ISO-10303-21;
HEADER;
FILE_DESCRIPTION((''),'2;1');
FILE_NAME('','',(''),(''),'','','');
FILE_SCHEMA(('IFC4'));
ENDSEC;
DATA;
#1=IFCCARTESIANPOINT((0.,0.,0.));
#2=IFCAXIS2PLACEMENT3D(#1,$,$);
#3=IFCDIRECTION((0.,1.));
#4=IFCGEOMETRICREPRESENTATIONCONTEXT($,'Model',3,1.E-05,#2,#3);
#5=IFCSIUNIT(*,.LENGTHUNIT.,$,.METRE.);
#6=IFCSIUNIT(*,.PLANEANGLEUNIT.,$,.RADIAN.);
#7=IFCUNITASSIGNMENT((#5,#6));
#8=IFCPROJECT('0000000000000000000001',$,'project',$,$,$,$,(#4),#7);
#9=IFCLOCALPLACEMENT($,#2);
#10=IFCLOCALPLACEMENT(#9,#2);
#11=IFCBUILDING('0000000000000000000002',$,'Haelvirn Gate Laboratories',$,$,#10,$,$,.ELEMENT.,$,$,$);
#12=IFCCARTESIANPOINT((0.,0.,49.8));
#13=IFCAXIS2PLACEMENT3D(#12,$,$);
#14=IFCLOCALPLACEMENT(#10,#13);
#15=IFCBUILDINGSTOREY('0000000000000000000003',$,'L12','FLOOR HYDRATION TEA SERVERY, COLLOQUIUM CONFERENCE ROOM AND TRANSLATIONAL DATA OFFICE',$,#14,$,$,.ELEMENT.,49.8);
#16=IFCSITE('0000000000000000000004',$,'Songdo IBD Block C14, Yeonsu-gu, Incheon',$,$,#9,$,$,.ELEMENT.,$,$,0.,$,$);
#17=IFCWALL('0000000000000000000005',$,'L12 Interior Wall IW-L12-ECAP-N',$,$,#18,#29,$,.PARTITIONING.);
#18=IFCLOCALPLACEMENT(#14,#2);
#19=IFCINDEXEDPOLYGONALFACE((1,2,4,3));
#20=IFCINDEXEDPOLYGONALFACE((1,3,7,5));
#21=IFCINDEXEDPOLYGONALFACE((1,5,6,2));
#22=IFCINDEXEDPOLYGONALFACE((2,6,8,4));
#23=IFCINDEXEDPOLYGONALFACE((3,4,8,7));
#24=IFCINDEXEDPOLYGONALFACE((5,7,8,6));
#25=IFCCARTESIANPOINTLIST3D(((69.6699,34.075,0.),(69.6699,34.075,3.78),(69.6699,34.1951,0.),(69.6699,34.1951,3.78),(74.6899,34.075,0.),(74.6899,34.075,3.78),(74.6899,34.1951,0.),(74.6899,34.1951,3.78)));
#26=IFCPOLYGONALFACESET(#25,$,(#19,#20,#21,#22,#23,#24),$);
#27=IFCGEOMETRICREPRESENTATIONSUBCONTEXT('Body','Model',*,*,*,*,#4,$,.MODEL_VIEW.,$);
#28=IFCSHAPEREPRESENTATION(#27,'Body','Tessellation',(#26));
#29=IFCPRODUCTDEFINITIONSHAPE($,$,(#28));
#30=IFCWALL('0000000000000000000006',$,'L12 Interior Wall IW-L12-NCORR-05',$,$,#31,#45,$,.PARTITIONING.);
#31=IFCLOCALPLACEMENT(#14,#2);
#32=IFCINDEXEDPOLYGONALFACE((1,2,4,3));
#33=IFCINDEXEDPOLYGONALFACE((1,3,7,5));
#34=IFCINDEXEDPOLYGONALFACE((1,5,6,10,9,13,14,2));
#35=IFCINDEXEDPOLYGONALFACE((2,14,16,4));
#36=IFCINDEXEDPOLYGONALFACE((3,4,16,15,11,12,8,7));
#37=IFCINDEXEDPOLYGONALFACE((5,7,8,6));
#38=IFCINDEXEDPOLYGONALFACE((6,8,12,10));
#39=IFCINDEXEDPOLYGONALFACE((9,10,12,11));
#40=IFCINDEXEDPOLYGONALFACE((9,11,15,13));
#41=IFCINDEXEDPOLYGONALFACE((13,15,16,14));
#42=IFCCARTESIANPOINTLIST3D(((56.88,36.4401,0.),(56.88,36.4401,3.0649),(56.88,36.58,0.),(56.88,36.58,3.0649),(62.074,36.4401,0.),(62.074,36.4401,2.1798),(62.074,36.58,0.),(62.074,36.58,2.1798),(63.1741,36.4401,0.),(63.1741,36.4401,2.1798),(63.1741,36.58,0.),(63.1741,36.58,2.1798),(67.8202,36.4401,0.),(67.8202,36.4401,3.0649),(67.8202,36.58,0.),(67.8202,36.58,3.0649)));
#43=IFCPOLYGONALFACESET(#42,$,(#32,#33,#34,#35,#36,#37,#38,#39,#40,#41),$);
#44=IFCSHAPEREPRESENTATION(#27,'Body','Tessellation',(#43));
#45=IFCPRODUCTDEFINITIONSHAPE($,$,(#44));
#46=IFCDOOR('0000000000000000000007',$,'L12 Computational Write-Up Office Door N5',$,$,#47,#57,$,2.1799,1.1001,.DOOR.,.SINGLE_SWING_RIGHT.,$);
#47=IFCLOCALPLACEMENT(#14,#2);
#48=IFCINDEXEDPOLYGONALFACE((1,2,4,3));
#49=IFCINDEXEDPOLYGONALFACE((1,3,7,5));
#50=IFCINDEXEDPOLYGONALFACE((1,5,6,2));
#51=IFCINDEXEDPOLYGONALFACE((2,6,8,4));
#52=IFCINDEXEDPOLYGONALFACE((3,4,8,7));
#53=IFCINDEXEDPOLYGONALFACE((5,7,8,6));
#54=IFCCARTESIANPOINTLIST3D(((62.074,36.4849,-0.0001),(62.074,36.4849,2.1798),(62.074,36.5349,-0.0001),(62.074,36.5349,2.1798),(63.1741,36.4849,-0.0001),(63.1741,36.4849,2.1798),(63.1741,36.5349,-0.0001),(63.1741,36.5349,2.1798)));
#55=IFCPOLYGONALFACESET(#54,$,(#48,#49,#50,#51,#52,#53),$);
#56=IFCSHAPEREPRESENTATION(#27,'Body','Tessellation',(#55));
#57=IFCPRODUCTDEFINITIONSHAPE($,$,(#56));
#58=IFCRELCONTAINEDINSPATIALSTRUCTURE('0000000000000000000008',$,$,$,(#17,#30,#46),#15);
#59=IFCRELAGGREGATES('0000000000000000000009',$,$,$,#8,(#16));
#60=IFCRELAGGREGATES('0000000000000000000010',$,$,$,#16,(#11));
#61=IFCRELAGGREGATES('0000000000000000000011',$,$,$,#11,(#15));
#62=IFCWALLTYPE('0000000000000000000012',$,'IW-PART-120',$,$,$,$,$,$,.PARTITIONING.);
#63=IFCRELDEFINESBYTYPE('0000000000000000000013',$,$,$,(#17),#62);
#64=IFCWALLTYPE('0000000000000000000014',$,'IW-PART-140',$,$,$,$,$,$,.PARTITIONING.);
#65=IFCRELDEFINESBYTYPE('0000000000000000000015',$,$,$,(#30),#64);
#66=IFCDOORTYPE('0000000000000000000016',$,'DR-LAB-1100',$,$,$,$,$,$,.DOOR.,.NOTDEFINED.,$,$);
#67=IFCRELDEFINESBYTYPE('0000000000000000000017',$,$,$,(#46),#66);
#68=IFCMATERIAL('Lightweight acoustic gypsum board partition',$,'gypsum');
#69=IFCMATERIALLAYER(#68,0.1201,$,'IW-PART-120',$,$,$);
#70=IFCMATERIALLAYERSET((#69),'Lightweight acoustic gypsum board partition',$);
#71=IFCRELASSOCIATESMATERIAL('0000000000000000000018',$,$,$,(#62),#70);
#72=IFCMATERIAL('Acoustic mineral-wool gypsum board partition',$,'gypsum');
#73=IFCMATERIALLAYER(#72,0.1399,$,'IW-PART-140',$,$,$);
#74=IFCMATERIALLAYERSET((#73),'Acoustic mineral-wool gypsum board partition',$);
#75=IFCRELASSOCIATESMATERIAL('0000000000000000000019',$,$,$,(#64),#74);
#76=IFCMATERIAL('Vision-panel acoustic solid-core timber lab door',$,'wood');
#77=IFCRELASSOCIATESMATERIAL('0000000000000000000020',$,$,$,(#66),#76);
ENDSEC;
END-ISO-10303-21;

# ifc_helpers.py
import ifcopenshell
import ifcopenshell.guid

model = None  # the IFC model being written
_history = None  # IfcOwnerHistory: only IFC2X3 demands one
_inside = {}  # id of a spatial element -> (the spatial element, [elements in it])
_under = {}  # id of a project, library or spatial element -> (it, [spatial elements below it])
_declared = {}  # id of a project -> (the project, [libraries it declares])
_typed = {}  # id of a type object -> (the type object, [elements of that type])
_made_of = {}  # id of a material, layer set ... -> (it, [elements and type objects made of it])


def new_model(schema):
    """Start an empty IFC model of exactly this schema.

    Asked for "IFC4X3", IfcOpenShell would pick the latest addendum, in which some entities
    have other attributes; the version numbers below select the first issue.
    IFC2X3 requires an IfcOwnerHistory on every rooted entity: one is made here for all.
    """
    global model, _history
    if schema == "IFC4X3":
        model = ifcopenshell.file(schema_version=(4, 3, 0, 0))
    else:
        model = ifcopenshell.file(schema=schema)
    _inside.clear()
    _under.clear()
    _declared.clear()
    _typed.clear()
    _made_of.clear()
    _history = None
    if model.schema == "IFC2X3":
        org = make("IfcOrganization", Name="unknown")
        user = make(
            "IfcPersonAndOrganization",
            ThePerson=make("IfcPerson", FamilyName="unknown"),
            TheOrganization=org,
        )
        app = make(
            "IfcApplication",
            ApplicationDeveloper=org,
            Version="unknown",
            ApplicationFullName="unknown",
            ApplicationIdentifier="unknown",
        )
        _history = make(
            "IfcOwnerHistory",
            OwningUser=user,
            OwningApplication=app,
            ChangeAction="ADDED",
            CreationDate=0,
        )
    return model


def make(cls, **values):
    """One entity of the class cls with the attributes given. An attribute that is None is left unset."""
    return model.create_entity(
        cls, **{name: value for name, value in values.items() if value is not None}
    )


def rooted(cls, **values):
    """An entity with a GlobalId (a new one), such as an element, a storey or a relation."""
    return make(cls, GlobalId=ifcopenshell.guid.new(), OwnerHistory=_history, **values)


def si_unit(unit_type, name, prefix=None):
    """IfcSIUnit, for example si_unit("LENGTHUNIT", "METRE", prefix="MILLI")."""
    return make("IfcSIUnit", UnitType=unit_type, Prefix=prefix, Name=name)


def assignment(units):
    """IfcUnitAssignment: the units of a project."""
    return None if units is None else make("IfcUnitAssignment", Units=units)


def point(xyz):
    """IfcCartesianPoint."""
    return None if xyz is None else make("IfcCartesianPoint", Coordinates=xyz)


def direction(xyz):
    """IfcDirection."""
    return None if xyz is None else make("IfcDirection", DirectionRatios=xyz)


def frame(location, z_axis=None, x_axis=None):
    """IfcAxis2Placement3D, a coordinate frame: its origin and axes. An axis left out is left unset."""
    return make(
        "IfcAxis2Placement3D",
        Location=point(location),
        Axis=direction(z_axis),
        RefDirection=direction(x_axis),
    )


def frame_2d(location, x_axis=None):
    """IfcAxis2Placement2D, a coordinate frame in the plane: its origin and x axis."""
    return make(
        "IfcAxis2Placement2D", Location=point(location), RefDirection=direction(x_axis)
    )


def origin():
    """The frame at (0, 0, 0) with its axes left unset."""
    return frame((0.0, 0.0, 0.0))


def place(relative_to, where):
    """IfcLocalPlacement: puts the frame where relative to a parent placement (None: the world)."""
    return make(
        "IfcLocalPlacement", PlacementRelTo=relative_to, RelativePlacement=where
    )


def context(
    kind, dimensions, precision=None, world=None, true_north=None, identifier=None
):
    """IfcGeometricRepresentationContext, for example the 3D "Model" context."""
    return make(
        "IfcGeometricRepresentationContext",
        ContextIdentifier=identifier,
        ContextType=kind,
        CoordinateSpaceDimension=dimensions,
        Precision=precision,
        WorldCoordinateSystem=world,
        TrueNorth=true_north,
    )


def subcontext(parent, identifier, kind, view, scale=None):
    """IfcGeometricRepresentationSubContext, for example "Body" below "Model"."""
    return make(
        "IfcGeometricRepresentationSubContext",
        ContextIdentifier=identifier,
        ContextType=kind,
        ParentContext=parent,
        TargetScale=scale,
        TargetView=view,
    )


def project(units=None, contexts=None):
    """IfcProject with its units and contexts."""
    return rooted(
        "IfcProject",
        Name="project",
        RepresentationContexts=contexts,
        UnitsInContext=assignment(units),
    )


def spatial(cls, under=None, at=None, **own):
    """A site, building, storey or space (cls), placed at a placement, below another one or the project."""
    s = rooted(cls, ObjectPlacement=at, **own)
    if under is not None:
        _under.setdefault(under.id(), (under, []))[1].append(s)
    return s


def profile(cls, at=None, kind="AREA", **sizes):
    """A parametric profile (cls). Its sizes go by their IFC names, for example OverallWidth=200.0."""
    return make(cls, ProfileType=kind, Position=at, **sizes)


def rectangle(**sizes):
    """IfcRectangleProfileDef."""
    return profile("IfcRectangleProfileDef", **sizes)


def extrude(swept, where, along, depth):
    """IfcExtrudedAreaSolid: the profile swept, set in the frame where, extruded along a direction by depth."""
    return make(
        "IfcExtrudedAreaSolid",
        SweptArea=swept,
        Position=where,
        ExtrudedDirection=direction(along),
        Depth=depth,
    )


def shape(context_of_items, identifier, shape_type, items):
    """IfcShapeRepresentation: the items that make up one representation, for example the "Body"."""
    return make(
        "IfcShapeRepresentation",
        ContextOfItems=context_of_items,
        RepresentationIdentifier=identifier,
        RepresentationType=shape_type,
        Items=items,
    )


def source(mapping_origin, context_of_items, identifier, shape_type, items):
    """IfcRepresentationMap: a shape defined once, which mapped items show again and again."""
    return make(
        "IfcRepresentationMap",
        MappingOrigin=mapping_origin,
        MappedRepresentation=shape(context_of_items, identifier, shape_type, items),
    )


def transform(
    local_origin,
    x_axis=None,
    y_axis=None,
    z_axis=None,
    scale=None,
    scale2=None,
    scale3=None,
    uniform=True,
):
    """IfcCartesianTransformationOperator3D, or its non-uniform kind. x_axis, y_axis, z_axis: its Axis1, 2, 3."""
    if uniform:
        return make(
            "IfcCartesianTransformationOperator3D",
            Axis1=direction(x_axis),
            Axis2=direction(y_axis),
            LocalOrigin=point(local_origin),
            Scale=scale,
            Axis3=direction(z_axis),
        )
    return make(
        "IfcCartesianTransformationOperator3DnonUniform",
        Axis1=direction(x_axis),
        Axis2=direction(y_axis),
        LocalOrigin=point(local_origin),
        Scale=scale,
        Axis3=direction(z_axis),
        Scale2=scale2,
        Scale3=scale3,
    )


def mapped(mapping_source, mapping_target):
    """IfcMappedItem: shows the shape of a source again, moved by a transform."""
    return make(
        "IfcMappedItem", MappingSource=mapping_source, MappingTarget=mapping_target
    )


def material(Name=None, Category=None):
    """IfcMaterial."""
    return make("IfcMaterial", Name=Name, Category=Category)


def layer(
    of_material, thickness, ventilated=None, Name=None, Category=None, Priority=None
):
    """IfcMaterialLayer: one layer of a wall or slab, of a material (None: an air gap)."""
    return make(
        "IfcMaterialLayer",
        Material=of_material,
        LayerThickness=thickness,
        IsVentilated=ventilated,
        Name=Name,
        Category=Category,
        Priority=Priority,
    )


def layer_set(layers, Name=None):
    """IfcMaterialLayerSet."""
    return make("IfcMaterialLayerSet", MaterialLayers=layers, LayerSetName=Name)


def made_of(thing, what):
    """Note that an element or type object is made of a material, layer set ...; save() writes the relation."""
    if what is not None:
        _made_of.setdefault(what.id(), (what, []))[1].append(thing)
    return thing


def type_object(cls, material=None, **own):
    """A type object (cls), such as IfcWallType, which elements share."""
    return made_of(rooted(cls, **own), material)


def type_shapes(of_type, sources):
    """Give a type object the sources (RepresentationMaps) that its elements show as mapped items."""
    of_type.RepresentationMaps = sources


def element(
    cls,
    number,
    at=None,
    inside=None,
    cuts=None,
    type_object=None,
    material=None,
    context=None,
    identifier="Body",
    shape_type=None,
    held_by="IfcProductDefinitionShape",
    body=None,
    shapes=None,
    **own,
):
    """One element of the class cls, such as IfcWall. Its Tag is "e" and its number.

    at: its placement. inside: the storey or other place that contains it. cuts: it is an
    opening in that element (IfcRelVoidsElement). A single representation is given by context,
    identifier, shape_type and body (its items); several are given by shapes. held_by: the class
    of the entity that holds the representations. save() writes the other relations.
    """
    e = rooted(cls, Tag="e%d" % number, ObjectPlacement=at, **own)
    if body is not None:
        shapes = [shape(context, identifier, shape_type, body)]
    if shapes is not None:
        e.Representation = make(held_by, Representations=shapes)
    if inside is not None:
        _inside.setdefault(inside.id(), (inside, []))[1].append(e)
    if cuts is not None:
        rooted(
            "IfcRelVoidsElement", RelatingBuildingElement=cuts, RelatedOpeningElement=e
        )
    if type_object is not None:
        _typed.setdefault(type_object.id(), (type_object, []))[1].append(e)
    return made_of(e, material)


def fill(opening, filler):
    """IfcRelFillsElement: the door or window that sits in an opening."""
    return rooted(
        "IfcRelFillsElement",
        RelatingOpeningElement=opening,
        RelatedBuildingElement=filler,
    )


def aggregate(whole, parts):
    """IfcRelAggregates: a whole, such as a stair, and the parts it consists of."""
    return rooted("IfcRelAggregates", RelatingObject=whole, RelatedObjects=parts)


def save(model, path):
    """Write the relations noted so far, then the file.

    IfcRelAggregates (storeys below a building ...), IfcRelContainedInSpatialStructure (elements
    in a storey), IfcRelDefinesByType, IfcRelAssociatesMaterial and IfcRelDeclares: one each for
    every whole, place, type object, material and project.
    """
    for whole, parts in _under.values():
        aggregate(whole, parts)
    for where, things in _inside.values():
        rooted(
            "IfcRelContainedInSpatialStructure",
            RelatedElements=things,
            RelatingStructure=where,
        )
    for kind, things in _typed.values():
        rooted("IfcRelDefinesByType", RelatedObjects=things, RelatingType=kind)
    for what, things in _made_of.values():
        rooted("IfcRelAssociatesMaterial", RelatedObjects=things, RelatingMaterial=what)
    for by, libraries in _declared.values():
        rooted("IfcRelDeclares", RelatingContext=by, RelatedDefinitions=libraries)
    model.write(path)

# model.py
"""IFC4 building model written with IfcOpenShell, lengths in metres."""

from ifc_helpers import new_model, si_unit, direction, frame, frame_2d, origin, place, context, subcontext, project, spatial, rectangle, extrude, source, transform, mapped, material, layer, layer_set, type_object, type_shapes, element, fill, save


model = new_model("IFC4")

# Units and contexts
model_context = context("Model", 3, precision=1e-05, world=origin(), true_north=direction((0.0, 1.0)))
body_context = subcontext(model_context, "Body", "Model", "MODEL_VIEW")
ifc_project = project(units=[si_unit("LENGTHUNIT", "METRE"), si_unit("PLANEANGLEUNIT", "RADIAN")], contexts=[model_context])

# Site, building, storey
site_placement = place(None, origin())
site = spatial("IfcSite", under=ifc_project, at=site_placement, Name="Songdo IBD Block C14, Yeonsu-gu, Incheon", CompositionType="ELEMENT", RefElevation=0.0)
building_placement = place(site_placement, origin())
building = spatial("IfcBuilding", under=site, at=building_placement, Name="Haelvirn Gate Laboratories", CompositionType="ELEMENT")
storey_placement = place(building_placement, frame((0.0, 0.0, 49.8)))
storey = spatial("IfcBuildingStorey", under=building, at=storey_placement, Name="L12", Description="FLOOR HYDRATION TEA SERVERY, COLLOQUIUM CONFERENCE ROOM AND TRANSLATIONAL DATA OFFICE", CompositionType="ELEMENT", Elevation=49.8)

# Wall
ifc_material_1 = material(Name="Lightweight acoustic gypsum board partition", Category="gypsum")
ifc_layer_1 = layer(ifc_material_1, 0.1201, Name="IW-PART-120")
ifc_layer_set_1 = layer_set([ifc_layer_1], Name="Lightweight acoustic gypsum board partition")
wall_type_1 = type_object("IfcWallType", Name="IW-PART-120", PredefinedType="PARTITIONING", material=ifc_layer_set_1)
wall_1_placement = place(storey_placement, frame((69.6699, 34.135, 0.0), z_axis=(0.0, 0.0, 1.0), x_axis=(1.0, 0.0, 0.0)))
element("IfcWall", 1, at=wall_1_placement, inside=storey, type_object=wall_type_1, Name="L12 Interior Wall IW-L12-ECAP-N", PredefinedType="PARTITIONING", context=body_context, shape_type="SweptSolid", body=[
    extrude(rectangle(XDim=5.02, YDim=0.1201, at=frame_2d((2.51, 0.0))), origin(), (0.0, 0.0, 1.0), 3.78),
])

# Wall, opening, door
ifc_material_2 = material(Name="Acoustic mineral-wool gypsum board partition", Category="gypsum")
ifc_layer_2 = layer(ifc_material_2, 0.1399, Name="IW-PART-140")
ifc_layer_set_2 = layer_set([ifc_layer_2], Name="Acoustic mineral-wool gypsum board partition")
wall_type_2 = type_object("IfcWallType", Name="IW-PART-140", PredefinedType="PARTITIONING", material=ifc_layer_set_2)
wall_2_placement = place(storey_placement, frame((56.8799, 36.51, 0.0), z_axis=(0.0, 0.0, 1.0), x_axis=(1.0, 0.0, 0.0)))
wall_2 = element("IfcWall", 2, at=wall_2_placement, inside=storey, type_object=wall_type_2, Name="L12 Interior Wall IW-L12-NCORR-05", PredefinedType="PARTITIONING", context=body_context, shape_type="SweptSolid", body=[
    extrude(rectangle(XDim=10.9402, YDim=0.1399, at=frame_2d((5.4702, 0.0))), origin(), (0.0, 0.0, 1.0), 3.0649),
])
opening_placement = place(wall_2_placement, frame((5.1941, 0.0, 0.0)))
opening = element("IfcOpeningElement", 3, at=opening_placement, cuts=wall_2, PredefinedType="OPENING", context=body_context, shape_type="SweptSolid", body=[
    extrude(rectangle(XDim=1.1001, YDim=2.1799, at=frame_2d((0.55, 1.0898))), frame((0.0, 0.0801, 0.0), z_axis=(0.0, -1.0, 0.0), x_axis=(1.0, 0.0, 0.0)), (0.0, 0.0, 1.0), 0.1599),
])
ifc_material_3 = material(Name="Vision-panel acoustic solid-core timber lab door", Category="wood")
door_type = type_object("IfcDoorType", Name="DR-LAB-1100", OperationType="NOTDEFINED", PredefinedType="DOOR", material=ifc_material_3)
shared_shape_1 = source(origin(), body_context, "Body", "SweptSolid", [
    extrude(rectangle(XDim=1.1001, YDim=2.1799, at=frame_2d((0.55, 1.0898))), frame((0.0, 0.0249, 0.0), z_axis=(0.0, -1.0, 0.0), x_axis=(1.0, 0.0, 0.0)), (0.0, 0.0, 1.0), 0.05),
])
type_shapes(door_type, [shared_shape_1])
door_placement = place(opening_placement, origin())
door = element("IfcDoor", 4, at=door_placement, inside=storey, type_object=door_type, Name="L12 Computational Write-Up Office Door N5", OperationType="SINGLE_SWING_RIGHT", OverallHeight=2.1799, OverallWidth=1.1001, PredefinedType="DOOR", context=body_context, shape_type="MappedRepresentation", body=[
    mapped(shared_shape_1, transform((0.0, 0.0, 0.0), scale=1.0)),
])
fill(opening, door)

save(model, "model.ifc")
